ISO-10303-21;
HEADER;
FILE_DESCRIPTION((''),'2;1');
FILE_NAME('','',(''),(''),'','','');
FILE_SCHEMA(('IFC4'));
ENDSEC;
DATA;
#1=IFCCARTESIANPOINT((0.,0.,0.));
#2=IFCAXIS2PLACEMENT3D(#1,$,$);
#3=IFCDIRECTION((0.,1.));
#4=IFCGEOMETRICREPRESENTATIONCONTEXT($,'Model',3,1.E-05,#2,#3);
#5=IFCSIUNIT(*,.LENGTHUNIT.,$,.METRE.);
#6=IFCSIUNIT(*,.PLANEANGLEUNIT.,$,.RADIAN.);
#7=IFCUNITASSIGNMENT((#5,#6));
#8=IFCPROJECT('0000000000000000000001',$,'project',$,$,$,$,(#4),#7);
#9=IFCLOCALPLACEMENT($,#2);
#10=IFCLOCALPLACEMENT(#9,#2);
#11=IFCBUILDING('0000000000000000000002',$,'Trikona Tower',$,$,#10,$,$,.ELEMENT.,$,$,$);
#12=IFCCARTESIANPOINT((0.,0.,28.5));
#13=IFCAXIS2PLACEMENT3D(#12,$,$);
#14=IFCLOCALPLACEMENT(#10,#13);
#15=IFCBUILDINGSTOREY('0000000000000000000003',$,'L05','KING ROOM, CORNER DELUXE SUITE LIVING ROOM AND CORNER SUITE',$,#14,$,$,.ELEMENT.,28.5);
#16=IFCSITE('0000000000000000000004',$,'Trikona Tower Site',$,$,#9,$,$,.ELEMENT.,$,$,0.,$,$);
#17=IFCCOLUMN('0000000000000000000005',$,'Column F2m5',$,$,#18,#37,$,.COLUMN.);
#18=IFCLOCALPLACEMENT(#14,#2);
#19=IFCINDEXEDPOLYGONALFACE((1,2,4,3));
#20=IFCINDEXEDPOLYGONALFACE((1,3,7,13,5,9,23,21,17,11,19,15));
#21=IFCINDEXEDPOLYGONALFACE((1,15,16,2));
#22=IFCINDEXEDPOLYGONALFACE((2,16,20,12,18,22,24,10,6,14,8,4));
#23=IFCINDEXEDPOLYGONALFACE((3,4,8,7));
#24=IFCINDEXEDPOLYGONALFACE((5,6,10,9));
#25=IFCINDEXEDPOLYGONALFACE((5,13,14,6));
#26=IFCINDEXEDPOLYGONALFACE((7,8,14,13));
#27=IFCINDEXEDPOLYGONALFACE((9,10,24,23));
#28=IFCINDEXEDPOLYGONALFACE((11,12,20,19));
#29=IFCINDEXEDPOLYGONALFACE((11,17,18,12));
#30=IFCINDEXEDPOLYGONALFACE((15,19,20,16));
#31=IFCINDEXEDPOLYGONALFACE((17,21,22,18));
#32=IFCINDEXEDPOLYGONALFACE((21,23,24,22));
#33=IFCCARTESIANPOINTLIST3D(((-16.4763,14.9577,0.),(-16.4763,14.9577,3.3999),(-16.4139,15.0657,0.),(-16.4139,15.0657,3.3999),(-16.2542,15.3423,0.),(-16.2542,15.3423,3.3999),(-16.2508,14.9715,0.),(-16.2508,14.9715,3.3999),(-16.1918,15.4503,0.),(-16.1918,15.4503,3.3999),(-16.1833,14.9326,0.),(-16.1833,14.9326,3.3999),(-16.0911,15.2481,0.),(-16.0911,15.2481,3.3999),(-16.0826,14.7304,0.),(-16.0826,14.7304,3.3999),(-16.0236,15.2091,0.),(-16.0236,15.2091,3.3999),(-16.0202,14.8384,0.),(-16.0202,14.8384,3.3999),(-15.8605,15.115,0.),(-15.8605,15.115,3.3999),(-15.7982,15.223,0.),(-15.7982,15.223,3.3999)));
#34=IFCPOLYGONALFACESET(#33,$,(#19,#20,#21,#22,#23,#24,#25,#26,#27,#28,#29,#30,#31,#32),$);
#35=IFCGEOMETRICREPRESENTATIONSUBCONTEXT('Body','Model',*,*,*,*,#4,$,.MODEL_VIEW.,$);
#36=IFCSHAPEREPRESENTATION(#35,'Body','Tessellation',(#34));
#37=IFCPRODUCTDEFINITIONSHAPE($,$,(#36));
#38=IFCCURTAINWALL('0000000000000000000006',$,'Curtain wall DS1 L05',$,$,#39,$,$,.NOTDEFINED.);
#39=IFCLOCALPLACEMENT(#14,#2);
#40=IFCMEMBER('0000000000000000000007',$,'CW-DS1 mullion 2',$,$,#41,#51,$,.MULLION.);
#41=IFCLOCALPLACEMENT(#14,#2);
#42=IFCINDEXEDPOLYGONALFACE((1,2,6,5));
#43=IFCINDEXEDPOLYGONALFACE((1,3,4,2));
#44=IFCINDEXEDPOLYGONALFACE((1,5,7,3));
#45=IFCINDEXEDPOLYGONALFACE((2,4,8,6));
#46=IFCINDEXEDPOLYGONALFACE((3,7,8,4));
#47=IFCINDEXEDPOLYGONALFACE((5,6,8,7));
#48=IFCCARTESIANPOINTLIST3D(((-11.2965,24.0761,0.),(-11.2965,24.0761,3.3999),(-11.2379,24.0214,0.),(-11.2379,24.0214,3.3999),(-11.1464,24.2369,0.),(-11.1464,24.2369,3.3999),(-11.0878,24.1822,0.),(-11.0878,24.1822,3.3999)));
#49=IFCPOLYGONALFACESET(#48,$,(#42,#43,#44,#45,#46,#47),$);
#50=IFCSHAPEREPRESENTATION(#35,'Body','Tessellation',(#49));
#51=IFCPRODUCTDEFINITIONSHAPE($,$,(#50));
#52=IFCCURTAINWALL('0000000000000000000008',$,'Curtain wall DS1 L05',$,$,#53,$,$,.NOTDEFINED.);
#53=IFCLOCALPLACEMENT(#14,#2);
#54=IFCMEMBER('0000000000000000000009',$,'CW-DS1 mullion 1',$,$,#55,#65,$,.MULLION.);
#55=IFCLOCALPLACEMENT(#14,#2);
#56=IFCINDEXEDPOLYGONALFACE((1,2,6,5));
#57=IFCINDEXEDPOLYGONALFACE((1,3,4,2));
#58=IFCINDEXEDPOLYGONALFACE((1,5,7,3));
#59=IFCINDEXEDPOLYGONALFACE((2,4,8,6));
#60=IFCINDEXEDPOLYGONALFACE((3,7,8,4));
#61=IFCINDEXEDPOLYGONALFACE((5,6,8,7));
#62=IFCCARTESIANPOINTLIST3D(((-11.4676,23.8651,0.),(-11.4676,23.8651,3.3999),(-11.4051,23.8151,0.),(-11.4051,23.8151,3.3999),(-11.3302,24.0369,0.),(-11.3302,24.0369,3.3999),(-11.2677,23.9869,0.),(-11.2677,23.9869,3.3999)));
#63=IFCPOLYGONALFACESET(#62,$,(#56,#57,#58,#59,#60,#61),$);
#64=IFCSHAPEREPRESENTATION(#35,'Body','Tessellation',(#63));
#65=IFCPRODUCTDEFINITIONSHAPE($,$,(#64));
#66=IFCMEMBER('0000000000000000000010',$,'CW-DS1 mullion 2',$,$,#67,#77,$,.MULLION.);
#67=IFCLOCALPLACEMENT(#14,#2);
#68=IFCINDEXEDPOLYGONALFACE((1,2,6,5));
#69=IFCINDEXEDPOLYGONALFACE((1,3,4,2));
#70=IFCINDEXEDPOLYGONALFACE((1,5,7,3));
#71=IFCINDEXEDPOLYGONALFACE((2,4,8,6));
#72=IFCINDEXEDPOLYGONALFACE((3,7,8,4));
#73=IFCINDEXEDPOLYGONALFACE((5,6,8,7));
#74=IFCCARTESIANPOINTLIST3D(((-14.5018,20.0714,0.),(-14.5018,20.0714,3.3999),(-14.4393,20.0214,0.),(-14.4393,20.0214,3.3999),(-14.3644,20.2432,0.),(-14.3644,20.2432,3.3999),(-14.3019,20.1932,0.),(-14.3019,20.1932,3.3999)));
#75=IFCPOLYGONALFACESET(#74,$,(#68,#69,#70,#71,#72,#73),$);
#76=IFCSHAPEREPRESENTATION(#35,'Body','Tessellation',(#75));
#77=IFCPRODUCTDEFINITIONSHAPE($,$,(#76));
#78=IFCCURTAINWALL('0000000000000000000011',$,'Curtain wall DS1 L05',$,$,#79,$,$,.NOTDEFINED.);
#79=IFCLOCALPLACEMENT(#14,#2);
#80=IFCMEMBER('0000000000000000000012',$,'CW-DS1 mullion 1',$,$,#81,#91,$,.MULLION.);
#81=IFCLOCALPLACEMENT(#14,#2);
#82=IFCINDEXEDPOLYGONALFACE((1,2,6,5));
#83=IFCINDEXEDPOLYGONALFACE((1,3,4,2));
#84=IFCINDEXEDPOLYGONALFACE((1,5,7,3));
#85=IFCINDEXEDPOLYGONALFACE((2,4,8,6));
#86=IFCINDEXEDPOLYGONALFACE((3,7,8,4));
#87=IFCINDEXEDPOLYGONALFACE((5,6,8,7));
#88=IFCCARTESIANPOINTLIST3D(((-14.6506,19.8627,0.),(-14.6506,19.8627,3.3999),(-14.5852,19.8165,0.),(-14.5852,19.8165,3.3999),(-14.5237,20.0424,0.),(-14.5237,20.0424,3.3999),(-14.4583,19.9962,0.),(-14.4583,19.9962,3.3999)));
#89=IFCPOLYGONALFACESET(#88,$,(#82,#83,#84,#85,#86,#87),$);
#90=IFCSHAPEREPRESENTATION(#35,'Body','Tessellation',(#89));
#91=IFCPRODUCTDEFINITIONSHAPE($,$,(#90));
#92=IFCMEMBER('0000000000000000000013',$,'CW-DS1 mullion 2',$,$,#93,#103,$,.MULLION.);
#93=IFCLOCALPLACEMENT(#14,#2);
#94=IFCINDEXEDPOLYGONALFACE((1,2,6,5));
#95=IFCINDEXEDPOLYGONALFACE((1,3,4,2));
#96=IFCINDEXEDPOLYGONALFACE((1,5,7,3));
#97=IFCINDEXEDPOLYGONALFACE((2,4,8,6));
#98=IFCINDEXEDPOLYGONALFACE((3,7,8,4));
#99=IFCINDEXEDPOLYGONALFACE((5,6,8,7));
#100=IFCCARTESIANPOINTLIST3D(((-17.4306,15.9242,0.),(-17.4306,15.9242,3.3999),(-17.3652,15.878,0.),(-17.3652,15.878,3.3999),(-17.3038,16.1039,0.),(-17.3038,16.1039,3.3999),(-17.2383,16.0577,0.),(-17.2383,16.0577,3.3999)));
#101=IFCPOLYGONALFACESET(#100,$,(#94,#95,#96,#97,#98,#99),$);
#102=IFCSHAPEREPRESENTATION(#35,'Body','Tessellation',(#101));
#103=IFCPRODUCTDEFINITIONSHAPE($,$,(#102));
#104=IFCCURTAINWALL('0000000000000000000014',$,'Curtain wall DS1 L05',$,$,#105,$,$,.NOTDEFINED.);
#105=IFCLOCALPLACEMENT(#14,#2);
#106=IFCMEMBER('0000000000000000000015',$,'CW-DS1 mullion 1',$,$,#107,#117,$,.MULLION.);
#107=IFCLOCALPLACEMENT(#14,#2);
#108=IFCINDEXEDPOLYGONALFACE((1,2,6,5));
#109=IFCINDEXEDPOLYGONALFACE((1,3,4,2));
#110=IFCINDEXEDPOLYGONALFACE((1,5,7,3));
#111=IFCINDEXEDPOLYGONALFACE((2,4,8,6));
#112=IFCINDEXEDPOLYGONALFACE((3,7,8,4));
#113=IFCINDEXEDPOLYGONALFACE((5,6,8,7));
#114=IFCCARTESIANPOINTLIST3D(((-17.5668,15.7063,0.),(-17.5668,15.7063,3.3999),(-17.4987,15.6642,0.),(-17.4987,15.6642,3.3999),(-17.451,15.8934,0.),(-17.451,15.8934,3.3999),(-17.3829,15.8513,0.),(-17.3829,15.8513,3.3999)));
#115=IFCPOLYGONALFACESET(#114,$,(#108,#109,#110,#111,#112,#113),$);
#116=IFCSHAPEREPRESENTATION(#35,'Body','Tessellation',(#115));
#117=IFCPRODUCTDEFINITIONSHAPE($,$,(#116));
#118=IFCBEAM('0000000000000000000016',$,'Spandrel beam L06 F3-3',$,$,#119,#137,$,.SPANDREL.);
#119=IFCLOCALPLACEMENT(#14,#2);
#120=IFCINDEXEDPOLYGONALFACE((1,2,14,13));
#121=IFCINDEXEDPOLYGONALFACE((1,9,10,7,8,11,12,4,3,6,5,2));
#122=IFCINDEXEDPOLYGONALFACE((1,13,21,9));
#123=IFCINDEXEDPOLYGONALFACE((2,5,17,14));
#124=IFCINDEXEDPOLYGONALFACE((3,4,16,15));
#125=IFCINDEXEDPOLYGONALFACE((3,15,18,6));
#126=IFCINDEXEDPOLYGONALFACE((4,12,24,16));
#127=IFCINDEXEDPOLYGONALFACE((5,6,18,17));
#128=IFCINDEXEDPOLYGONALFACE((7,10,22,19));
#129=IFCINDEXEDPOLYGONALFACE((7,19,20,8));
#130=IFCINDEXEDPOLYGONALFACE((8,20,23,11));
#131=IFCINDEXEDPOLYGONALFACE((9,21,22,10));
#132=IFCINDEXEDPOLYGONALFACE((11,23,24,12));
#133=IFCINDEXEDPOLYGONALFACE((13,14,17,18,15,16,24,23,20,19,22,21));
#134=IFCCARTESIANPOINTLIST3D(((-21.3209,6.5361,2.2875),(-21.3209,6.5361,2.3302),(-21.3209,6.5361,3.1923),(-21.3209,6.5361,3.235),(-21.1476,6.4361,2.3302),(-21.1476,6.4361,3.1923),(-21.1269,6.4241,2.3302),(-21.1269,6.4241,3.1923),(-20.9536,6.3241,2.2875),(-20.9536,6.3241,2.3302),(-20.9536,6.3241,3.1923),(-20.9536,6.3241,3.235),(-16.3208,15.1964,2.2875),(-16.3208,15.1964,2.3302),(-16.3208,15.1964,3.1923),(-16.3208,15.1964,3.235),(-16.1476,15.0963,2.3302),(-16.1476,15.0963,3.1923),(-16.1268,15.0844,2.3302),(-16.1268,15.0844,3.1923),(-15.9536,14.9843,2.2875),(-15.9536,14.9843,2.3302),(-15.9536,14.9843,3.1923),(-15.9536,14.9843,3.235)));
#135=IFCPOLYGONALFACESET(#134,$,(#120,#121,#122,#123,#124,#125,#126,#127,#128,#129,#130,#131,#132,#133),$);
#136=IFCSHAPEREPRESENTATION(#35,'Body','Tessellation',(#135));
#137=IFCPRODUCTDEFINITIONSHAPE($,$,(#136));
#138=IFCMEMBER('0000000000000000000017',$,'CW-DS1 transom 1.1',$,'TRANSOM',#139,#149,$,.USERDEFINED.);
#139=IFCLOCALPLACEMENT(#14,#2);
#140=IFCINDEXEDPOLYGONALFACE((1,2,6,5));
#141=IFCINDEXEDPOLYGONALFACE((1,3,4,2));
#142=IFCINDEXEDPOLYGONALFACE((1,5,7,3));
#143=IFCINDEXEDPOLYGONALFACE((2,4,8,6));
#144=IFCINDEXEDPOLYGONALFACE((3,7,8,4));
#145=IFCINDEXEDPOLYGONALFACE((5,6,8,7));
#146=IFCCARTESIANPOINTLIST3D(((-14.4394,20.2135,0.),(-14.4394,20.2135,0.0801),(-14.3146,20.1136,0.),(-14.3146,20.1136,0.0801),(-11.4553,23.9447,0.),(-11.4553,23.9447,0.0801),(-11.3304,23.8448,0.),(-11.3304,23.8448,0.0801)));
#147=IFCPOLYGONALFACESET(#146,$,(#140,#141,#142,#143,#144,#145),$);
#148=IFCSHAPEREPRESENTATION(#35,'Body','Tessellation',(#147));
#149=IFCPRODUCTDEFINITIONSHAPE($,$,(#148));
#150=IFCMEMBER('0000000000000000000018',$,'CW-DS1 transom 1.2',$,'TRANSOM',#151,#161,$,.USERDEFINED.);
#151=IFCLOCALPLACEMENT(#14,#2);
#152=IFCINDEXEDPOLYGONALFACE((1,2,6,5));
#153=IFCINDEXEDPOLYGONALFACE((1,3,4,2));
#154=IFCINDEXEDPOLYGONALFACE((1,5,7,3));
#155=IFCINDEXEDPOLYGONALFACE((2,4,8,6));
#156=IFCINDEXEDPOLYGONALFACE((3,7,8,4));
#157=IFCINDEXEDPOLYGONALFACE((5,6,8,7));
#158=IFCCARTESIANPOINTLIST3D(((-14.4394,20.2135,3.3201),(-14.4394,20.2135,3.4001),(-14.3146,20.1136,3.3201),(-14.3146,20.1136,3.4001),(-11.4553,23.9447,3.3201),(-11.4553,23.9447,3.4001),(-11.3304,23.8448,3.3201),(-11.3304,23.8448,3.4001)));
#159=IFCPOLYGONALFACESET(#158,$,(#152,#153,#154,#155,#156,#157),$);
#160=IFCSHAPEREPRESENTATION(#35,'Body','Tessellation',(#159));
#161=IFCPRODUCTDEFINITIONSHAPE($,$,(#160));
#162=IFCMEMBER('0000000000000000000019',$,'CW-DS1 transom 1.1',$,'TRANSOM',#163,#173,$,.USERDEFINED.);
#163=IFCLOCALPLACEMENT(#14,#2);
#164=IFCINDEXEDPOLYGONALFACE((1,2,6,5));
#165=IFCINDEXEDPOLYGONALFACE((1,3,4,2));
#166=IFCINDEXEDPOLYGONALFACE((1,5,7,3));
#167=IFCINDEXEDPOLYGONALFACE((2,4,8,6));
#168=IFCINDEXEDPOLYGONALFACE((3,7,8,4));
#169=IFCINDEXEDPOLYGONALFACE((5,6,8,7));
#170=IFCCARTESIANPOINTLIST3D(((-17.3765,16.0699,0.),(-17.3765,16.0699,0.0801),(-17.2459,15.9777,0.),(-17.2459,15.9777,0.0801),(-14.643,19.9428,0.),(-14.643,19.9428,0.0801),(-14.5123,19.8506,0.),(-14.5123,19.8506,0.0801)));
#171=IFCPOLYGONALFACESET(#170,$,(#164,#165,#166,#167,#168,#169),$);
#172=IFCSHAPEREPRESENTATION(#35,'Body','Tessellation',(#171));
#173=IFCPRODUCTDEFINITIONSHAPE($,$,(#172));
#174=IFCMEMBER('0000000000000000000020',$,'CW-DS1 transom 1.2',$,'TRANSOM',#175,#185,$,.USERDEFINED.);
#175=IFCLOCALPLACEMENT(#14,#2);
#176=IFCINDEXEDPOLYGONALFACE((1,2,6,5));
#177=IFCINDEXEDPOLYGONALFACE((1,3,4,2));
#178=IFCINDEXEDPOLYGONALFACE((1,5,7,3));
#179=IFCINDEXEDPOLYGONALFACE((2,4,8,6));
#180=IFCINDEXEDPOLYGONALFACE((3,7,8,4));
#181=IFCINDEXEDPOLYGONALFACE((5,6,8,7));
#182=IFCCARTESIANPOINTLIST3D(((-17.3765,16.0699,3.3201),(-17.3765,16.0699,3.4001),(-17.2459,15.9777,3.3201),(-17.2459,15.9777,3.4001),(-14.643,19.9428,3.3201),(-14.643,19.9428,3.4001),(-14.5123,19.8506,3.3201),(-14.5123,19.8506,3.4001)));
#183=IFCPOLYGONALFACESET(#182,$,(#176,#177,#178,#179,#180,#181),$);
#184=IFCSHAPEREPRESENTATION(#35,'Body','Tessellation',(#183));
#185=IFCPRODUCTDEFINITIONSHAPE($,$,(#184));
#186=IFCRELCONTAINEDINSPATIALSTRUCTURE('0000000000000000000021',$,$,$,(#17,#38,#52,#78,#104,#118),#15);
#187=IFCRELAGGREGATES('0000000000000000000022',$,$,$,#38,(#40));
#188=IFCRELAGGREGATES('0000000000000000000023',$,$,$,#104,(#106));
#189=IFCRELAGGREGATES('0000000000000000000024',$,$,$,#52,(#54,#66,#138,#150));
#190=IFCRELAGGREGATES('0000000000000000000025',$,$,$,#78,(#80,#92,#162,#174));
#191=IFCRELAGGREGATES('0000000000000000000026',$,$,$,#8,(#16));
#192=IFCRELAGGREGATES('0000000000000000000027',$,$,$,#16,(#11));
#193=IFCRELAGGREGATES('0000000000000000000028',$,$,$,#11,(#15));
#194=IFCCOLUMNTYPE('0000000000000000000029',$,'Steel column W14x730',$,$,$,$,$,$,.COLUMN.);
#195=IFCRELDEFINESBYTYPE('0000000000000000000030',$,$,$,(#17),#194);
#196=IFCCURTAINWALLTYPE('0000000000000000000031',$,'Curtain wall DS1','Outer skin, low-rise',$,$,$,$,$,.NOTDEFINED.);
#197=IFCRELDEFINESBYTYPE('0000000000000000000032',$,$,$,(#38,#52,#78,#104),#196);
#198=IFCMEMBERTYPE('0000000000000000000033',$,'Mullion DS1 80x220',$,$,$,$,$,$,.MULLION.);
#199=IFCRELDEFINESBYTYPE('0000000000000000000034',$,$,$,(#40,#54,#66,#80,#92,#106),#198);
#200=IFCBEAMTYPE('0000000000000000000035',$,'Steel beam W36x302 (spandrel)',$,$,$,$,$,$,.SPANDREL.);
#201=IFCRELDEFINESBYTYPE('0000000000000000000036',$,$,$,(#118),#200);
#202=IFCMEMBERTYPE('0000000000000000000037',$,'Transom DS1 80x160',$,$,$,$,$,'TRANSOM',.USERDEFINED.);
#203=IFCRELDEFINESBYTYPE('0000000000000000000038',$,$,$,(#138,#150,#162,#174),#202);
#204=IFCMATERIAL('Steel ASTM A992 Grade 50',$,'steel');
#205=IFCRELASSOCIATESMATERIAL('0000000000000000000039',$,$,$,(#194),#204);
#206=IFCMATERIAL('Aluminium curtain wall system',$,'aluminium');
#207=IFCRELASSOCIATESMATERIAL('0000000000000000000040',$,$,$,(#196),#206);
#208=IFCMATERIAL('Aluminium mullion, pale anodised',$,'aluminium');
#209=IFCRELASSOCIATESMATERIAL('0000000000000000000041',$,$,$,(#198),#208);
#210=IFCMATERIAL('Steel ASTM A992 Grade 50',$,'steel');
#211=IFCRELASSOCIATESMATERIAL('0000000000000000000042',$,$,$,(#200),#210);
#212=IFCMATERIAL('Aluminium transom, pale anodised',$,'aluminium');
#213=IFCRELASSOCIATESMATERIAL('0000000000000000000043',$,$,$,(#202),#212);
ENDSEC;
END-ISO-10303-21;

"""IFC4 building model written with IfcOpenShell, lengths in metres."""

from ifc_helpers import new_model, si_unit, direction, frame, origin, origin_2d, place, context, subcontext, project, spatial, rectangle, i_section, extrude, material, material_profile, profile_set, type_object, element, aggregate, save


model = new_model("IFC4")

# Units and contexts
model_context = context("Model", 3, precision=1e-05, world=origin(), true_north=direction((0.0, 1.0)))
body_context = subcontext(model_context, "Body", "Model", "MODEL_VIEW")
ifc_project = project(units=[si_unit("LENGTHUNIT", "METRE"), si_unit("PLANEANGLEUNIT", "RADIAN")], contexts=[model_context])

# Site, building, storey
site_placement = place(None, origin())
site = spatial("IfcSite", under=ifc_project, at=site_placement, Name="Trikona Tower Site", CompositionType="ELEMENT", RefElevation=0.0)
building_placement = place(site_placement, origin())
building = spatial("IfcBuilding", under=site, at=building_placement, Name="Trikona Tower", CompositionType="ELEMENT")
storey_placement = place(building_placement, frame((0.0, 0.0, 28.5)))
storey = spatial("IfcBuildingStorey", under=building, at=storey_placement, Name="L05", Description="KING ROOM, CORNER DELUXE SUITE LIVING ROOM AND CORNER SUITE", CompositionType="ELEMENT", Elevation=28.5)

# Column
ifc_material_1 = material(Name="Steel ASTM A992 Grade 50", Category="steel")
ifc_material_profile_1 = material_profile(ifc_material_1, i_section(OverallWidth=0.4546, OverallDepth=0.5688, WebThickness=0.0779, FlangeThickness=0.1248, at=origin_2d()), Name="W14X730")
ifc_profile_set_1 = profile_set([ifc_material_profile_1], Name="Steel ASTM A992 Grade 50")
column_type = type_object("IfcColumnType", Name="Steel column W14x730", PredefinedType="COLUMN", material=ifc_profile_set_1)
column_placement = place(storey_placement, frame((-16.1372, 15.0903, 0.0), z_axis=(0.0, 0.0, 1.0), x_axis=(-0.866025, 0.5, 0.0)))
element("IfcColumn", 1, at=column_placement, inside=storey, type_object=column_type, Name="Column F2m5", PredefinedType="COLUMN", context=body_context, shape_type="SweptSolid", body=[
    extrude(i_section(OverallWidth=0.4546, OverallDepth=0.5688, WebThickness=0.0779, FlangeThickness=0.1248, at=origin_2d()), origin(), (0.0, 0.0, 1.0), 3.3999),
])

# Curtain wall, member
ifc_material_2 = material(Name="Aluminium curtain wall system", Category="aluminium")
curtain_wall_type = type_object("IfcCurtainWallType", Name="Curtain wall DS1", Description="Outer skin, low-rise", PredefinedType="NOTDEFINED", material=ifc_material_2)
curtain_wall_1_placement = place(storey_placement, origin())
curtain_wall_1 = element("IfcCurtainWall", 2, at=curtain_wall_1_placement, inside=storey, type_object=curtain_wall_type, Name="Curtain wall DS1 L05", PredefinedType="NOTDEFINED")
ifc_material_3 = material(Name="Aluminium mullion, pale anodised", Category="aluminium")
ifc_material_profile_2 = material_profile(ifc_material_3, rectangle(XDim=0.0801, YDim=0.22, at=origin_2d()), Name="MUL-DS1")
ifc_profile_set_2 = profile_set([ifc_material_profile_2], Name="Aluminium mullion, pale anodised")
member_type_1 = type_object("IfcMemberType", Name="Mullion DS1 80x220", PredefinedType="MULLION", material=ifc_profile_set_2)
member_1_placement = place(storey_placement, frame((-11.1921, 24.1292, 0.0), z_axis=(0.0, 0.0, 1.0), x_axis=(0.731077, -0.682295, 0.0)))
member_1 = element("IfcMember", 3, at=member_1_placement, type_object=member_type_1, Name="CW-DS1 mullion 2", PredefinedType="MULLION", context=body_context, shape_type="SweptSolid", body=[
    extrude(rectangle(XDim=0.0801, YDim=0.22, at=origin_2d()), origin(), (0.0, 0.0, 1.0), 3.3999),
])
aggregate(curtain_wall_1, [member_1])

# Curtain walls, members
curtain_wall_2_placement = place(storey_placement, origin())
curtain_wall_2 = element("IfcCurtainWall", 4, at=curtain_wall_2_placement, inside=storey, type_object=curtain_wall_type, Name="Curtain wall DS1 L05", PredefinedType="NOTDEFINED")
member_2_placement = place(storey_placement, frame((-11.3677, 23.926, 0.0), z_axis=(0.0, 0.0, 1.0), x_axis=(0.780938, -0.624609, 0.0)))
member_2 = element("IfcMember", 5, at=member_2_placement, type_object=member_type_1, Name="CW-DS1 mullion 1", PredefinedType="MULLION", context=body_context, shape_type="SweptSolid", body=[
    extrude(rectangle(XDim=0.0801, YDim=0.22, at=origin_2d()), origin(), (0.0, 0.0, 1.0), 3.3999),
])
member_3_placement = place(storey_placement, frame((-14.4019, 20.1323, 0.0), z_axis=(0.0, 0.0, 1.0), x_axis=(0.780938, -0.624609, 0.0)))
member_3 = element("IfcMember", 6, at=member_3_placement, type_object=member_type_1, Name="CW-DS1 mullion 2", PredefinedType="MULLION", context=body_context, shape_type="SweptSolid", body=[
    extrude(rectangle(XDim=0.0801, YDim=0.22, at=origin_2d()), origin(), (0.0, 0.0, 1.0), 3.3999),
])
curtain_wall_3_placement = place(storey_placement, origin())
curtain_wall_3 = element("IfcCurtainWall", 7, at=curtain_wall_3_placement, inside=storey, type_object=curtain_wall_type, Name="Curtain wall DS1 L05", PredefinedType="NOTDEFINED")
member_4_placement = place(storey_placement, frame((-14.5544, 19.9294, 0.0), z_axis=(0.0, 0.0, 1.0), x_axis=(0.816985, -0.576658, 0.0)))
member_4 = element("IfcMember", 8, at=member_4_placement, type_object=member_type_1, Name="CW-DS1 mullion 1", PredefinedType="MULLION", context=body_context, shape_type="SweptSolid", body=[
    extrude(rectangle(XDim=0.0801, YDim=0.22, at=origin_2d()), origin(), (0.0, 0.0, 1.0), 3.3999),
])
member_5_placement = place(storey_placement, frame((-17.3345, 15.991, 0.0), z_axis=(0.0, 0.0, 1.0), x_axis=(0.816985, -0.576658, 0.0)))
member_5 = element("IfcMember", 9, at=member_5_placement, type_object=member_type_1, Name="CW-DS1 mullion 2", PredefinedType="MULLION", context=body_context, shape_type="SweptSolid", body=[
    extrude(rectangle(XDim=0.0801, YDim=0.22, at=origin_2d()), origin(), (0.0, 0.0, 1.0), 3.3999),
])

# Curtain wall, member
curtain_wall_4_placement = place(storey_placement, origin())
curtain_wall_4 = element("IfcCurtainWall", 10, at=curtain_wall_4_placement, inside=storey, type_object=curtain_wall_type, Name="Curtain wall DS1 L05", PredefinedType="NOTDEFINED")
member_6_placement = place(storey_placement, frame((-17.4749, 15.7788, 0.0), z_axis=(0.0, 0.0, 1.0), x_axis=(0.85041, -0.52612, 0.0)))
member_6 = element("IfcMember", 11, at=member_6_placement, type_object=member_type_1, Name="CW-DS1 mullion 1", PredefinedType="MULLION", context=body_context, shape_type="SweptSolid", body=[
    extrude(rectangle(XDim=0.0801, YDim=0.22, at=origin_2d()), origin(), (0.0, 0.0, 1.0), 3.3999),
])

# Beam
ifc_material_4 = material(Name="Steel ASTM A992 Grade 50", Category="steel")
ifc_material_profile_3 = material_profile(ifc_material_4, i_section(OverallWidth=0.4241, OverallDepth=0.9475, WebThickness=0.0239, FlangeThickness=0.0427, at=origin_2d()), Name="W36X302")
ifc_profile_set_3 = profile_set([ifc_material_profile_3], Name="Steel ASTM A992 Grade 50")
beam_type = type_object("IfcBeamType", Name="Steel beam W36x302 (spandrel)", PredefinedType="SPANDREL", material=ifc_profile_set_3)
beam_placement = place(storey_placement, frame((-16.1372, 15.0903, 2.7612), z_axis=(-0.500004, -0.866023, 0.0), x_axis=(0.866023, -0.500004, 0.0)))
element("IfcBeam", 12, at=beam_placement, inside=storey, type_object=beam_type, Name="Spandrel beam L06 F3-3", PredefinedType="SPANDREL", context=body_context, shape_type="SweptSolid", body=[
    extrude(i_section(OverallWidth=0.4241, OverallDepth=0.9475, WebThickness=0.0239, FlangeThickness=0.0427, at=origin_2d()), origin(), (0.0, 0.0, 1.0), 10.0),
])

# Members
ifc_material_5 = material(Name="Aluminium transom, pale anodised", Category="aluminium")
ifc_material_profile_4 = material_profile(ifc_material_5, rectangle(XDim=0.1599, YDim=0.0801, at=origin_2d()), Name="TRN-DS1")
ifc_profile_set_4 = profile_set([ifc_material_profile_4], Name="Aluminium transom, pale anodised")
member_type_2 = type_object("IfcMemberType", Name="Transom DS1 80x160", ElementType="TRANSOM", PredefinedType="USERDEFINED", material=ifc_profile_set_4)
member_7_placement = place(storey_placement, frame((-11.3928, 23.8948, 0.04), z_axis=(-0.624589, -0.780954, 0.0), x_axis=(0.780954, -0.624589, 0.0)))
member_7 = element("IfcMember", 13, at=member_7_placement, type_object=member_type_2, Name="CW-DS1 transom 1.1", ObjectType="TRANSOM", PredefinedType="USERDEFINED", context=body_context, shape_type="SweptSolid", body=[
    extrude(rectangle(XDim=0.1599, YDim=0.0801, at=origin_2d()), origin(), (0.0, 0.0, 1.0), 4.7778),
])
member_8_placement = place(storey_placement, frame((-11.3928, 23.8948, 3.3601), z_axis=(-0.624589, -0.780954, 0.0), x_axis=(0.780954, -0.624589, 0.0)))
member_8 = element("IfcMember", 14, at=member_8_placement, type_object=member_type_2, Name="CW-DS1 transom 1.2", ObjectType="TRANSOM", PredefinedType="USERDEFINED", context=body_context, shape_type="SweptSolid", body=[
    extrude(rectangle(XDim=0.1599, YDim=0.0801, at=origin_2d()), origin(), (0.0, 0.0, 1.0), 4.7778),
])
member_9_placement = place(storey_placement, frame((-14.5776, 19.8967, 0.04), z_axis=(-0.576645, -0.816995, 0.0), x_axis=(0.816995, -0.576645, 0.0)))
member_9 = element("IfcMember", 15, at=member_9_placement, type_object=member_type_2, Name="CW-DS1 transom 1.1", ObjectType="TRANSOM", PredefinedType="USERDEFINED", context=body_context, shape_type="SweptSolid", body=[
    extrude(rectangle(XDim=0.1599, YDim=0.0801, at=origin_2d()), origin(), (0.0, 0.0, 1.0), 4.7405),
])
member_10_placement = place(storey_placement, frame((-14.5776, 19.8967, 3.3601), z_axis=(-0.576645, -0.816995, 0.0), x_axis=(0.816995, -0.576645, 0.0)))
member_10 = element("IfcMember", 16, at=member_10_placement, type_object=member_type_2, Name="CW-DS1 transom 1.2", ObjectType="TRANSOM", PredefinedType="USERDEFINED", context=body_context, shape_type="SweptSolid", body=[
    extrude(rectangle(XDim=0.1599, YDim=0.0801, at=origin_2d()), origin(), (0.0, 0.0, 1.0), 4.7405),
])
aggregate(curtain_wall_4, [member_6])

aggregate(curtain_wall_2, [member_2, member_3, member_7, member_8])
aggregate(curtain_wall_3, [member_4, member_5, member_9, member_10])

save(model, "model.ifc")
